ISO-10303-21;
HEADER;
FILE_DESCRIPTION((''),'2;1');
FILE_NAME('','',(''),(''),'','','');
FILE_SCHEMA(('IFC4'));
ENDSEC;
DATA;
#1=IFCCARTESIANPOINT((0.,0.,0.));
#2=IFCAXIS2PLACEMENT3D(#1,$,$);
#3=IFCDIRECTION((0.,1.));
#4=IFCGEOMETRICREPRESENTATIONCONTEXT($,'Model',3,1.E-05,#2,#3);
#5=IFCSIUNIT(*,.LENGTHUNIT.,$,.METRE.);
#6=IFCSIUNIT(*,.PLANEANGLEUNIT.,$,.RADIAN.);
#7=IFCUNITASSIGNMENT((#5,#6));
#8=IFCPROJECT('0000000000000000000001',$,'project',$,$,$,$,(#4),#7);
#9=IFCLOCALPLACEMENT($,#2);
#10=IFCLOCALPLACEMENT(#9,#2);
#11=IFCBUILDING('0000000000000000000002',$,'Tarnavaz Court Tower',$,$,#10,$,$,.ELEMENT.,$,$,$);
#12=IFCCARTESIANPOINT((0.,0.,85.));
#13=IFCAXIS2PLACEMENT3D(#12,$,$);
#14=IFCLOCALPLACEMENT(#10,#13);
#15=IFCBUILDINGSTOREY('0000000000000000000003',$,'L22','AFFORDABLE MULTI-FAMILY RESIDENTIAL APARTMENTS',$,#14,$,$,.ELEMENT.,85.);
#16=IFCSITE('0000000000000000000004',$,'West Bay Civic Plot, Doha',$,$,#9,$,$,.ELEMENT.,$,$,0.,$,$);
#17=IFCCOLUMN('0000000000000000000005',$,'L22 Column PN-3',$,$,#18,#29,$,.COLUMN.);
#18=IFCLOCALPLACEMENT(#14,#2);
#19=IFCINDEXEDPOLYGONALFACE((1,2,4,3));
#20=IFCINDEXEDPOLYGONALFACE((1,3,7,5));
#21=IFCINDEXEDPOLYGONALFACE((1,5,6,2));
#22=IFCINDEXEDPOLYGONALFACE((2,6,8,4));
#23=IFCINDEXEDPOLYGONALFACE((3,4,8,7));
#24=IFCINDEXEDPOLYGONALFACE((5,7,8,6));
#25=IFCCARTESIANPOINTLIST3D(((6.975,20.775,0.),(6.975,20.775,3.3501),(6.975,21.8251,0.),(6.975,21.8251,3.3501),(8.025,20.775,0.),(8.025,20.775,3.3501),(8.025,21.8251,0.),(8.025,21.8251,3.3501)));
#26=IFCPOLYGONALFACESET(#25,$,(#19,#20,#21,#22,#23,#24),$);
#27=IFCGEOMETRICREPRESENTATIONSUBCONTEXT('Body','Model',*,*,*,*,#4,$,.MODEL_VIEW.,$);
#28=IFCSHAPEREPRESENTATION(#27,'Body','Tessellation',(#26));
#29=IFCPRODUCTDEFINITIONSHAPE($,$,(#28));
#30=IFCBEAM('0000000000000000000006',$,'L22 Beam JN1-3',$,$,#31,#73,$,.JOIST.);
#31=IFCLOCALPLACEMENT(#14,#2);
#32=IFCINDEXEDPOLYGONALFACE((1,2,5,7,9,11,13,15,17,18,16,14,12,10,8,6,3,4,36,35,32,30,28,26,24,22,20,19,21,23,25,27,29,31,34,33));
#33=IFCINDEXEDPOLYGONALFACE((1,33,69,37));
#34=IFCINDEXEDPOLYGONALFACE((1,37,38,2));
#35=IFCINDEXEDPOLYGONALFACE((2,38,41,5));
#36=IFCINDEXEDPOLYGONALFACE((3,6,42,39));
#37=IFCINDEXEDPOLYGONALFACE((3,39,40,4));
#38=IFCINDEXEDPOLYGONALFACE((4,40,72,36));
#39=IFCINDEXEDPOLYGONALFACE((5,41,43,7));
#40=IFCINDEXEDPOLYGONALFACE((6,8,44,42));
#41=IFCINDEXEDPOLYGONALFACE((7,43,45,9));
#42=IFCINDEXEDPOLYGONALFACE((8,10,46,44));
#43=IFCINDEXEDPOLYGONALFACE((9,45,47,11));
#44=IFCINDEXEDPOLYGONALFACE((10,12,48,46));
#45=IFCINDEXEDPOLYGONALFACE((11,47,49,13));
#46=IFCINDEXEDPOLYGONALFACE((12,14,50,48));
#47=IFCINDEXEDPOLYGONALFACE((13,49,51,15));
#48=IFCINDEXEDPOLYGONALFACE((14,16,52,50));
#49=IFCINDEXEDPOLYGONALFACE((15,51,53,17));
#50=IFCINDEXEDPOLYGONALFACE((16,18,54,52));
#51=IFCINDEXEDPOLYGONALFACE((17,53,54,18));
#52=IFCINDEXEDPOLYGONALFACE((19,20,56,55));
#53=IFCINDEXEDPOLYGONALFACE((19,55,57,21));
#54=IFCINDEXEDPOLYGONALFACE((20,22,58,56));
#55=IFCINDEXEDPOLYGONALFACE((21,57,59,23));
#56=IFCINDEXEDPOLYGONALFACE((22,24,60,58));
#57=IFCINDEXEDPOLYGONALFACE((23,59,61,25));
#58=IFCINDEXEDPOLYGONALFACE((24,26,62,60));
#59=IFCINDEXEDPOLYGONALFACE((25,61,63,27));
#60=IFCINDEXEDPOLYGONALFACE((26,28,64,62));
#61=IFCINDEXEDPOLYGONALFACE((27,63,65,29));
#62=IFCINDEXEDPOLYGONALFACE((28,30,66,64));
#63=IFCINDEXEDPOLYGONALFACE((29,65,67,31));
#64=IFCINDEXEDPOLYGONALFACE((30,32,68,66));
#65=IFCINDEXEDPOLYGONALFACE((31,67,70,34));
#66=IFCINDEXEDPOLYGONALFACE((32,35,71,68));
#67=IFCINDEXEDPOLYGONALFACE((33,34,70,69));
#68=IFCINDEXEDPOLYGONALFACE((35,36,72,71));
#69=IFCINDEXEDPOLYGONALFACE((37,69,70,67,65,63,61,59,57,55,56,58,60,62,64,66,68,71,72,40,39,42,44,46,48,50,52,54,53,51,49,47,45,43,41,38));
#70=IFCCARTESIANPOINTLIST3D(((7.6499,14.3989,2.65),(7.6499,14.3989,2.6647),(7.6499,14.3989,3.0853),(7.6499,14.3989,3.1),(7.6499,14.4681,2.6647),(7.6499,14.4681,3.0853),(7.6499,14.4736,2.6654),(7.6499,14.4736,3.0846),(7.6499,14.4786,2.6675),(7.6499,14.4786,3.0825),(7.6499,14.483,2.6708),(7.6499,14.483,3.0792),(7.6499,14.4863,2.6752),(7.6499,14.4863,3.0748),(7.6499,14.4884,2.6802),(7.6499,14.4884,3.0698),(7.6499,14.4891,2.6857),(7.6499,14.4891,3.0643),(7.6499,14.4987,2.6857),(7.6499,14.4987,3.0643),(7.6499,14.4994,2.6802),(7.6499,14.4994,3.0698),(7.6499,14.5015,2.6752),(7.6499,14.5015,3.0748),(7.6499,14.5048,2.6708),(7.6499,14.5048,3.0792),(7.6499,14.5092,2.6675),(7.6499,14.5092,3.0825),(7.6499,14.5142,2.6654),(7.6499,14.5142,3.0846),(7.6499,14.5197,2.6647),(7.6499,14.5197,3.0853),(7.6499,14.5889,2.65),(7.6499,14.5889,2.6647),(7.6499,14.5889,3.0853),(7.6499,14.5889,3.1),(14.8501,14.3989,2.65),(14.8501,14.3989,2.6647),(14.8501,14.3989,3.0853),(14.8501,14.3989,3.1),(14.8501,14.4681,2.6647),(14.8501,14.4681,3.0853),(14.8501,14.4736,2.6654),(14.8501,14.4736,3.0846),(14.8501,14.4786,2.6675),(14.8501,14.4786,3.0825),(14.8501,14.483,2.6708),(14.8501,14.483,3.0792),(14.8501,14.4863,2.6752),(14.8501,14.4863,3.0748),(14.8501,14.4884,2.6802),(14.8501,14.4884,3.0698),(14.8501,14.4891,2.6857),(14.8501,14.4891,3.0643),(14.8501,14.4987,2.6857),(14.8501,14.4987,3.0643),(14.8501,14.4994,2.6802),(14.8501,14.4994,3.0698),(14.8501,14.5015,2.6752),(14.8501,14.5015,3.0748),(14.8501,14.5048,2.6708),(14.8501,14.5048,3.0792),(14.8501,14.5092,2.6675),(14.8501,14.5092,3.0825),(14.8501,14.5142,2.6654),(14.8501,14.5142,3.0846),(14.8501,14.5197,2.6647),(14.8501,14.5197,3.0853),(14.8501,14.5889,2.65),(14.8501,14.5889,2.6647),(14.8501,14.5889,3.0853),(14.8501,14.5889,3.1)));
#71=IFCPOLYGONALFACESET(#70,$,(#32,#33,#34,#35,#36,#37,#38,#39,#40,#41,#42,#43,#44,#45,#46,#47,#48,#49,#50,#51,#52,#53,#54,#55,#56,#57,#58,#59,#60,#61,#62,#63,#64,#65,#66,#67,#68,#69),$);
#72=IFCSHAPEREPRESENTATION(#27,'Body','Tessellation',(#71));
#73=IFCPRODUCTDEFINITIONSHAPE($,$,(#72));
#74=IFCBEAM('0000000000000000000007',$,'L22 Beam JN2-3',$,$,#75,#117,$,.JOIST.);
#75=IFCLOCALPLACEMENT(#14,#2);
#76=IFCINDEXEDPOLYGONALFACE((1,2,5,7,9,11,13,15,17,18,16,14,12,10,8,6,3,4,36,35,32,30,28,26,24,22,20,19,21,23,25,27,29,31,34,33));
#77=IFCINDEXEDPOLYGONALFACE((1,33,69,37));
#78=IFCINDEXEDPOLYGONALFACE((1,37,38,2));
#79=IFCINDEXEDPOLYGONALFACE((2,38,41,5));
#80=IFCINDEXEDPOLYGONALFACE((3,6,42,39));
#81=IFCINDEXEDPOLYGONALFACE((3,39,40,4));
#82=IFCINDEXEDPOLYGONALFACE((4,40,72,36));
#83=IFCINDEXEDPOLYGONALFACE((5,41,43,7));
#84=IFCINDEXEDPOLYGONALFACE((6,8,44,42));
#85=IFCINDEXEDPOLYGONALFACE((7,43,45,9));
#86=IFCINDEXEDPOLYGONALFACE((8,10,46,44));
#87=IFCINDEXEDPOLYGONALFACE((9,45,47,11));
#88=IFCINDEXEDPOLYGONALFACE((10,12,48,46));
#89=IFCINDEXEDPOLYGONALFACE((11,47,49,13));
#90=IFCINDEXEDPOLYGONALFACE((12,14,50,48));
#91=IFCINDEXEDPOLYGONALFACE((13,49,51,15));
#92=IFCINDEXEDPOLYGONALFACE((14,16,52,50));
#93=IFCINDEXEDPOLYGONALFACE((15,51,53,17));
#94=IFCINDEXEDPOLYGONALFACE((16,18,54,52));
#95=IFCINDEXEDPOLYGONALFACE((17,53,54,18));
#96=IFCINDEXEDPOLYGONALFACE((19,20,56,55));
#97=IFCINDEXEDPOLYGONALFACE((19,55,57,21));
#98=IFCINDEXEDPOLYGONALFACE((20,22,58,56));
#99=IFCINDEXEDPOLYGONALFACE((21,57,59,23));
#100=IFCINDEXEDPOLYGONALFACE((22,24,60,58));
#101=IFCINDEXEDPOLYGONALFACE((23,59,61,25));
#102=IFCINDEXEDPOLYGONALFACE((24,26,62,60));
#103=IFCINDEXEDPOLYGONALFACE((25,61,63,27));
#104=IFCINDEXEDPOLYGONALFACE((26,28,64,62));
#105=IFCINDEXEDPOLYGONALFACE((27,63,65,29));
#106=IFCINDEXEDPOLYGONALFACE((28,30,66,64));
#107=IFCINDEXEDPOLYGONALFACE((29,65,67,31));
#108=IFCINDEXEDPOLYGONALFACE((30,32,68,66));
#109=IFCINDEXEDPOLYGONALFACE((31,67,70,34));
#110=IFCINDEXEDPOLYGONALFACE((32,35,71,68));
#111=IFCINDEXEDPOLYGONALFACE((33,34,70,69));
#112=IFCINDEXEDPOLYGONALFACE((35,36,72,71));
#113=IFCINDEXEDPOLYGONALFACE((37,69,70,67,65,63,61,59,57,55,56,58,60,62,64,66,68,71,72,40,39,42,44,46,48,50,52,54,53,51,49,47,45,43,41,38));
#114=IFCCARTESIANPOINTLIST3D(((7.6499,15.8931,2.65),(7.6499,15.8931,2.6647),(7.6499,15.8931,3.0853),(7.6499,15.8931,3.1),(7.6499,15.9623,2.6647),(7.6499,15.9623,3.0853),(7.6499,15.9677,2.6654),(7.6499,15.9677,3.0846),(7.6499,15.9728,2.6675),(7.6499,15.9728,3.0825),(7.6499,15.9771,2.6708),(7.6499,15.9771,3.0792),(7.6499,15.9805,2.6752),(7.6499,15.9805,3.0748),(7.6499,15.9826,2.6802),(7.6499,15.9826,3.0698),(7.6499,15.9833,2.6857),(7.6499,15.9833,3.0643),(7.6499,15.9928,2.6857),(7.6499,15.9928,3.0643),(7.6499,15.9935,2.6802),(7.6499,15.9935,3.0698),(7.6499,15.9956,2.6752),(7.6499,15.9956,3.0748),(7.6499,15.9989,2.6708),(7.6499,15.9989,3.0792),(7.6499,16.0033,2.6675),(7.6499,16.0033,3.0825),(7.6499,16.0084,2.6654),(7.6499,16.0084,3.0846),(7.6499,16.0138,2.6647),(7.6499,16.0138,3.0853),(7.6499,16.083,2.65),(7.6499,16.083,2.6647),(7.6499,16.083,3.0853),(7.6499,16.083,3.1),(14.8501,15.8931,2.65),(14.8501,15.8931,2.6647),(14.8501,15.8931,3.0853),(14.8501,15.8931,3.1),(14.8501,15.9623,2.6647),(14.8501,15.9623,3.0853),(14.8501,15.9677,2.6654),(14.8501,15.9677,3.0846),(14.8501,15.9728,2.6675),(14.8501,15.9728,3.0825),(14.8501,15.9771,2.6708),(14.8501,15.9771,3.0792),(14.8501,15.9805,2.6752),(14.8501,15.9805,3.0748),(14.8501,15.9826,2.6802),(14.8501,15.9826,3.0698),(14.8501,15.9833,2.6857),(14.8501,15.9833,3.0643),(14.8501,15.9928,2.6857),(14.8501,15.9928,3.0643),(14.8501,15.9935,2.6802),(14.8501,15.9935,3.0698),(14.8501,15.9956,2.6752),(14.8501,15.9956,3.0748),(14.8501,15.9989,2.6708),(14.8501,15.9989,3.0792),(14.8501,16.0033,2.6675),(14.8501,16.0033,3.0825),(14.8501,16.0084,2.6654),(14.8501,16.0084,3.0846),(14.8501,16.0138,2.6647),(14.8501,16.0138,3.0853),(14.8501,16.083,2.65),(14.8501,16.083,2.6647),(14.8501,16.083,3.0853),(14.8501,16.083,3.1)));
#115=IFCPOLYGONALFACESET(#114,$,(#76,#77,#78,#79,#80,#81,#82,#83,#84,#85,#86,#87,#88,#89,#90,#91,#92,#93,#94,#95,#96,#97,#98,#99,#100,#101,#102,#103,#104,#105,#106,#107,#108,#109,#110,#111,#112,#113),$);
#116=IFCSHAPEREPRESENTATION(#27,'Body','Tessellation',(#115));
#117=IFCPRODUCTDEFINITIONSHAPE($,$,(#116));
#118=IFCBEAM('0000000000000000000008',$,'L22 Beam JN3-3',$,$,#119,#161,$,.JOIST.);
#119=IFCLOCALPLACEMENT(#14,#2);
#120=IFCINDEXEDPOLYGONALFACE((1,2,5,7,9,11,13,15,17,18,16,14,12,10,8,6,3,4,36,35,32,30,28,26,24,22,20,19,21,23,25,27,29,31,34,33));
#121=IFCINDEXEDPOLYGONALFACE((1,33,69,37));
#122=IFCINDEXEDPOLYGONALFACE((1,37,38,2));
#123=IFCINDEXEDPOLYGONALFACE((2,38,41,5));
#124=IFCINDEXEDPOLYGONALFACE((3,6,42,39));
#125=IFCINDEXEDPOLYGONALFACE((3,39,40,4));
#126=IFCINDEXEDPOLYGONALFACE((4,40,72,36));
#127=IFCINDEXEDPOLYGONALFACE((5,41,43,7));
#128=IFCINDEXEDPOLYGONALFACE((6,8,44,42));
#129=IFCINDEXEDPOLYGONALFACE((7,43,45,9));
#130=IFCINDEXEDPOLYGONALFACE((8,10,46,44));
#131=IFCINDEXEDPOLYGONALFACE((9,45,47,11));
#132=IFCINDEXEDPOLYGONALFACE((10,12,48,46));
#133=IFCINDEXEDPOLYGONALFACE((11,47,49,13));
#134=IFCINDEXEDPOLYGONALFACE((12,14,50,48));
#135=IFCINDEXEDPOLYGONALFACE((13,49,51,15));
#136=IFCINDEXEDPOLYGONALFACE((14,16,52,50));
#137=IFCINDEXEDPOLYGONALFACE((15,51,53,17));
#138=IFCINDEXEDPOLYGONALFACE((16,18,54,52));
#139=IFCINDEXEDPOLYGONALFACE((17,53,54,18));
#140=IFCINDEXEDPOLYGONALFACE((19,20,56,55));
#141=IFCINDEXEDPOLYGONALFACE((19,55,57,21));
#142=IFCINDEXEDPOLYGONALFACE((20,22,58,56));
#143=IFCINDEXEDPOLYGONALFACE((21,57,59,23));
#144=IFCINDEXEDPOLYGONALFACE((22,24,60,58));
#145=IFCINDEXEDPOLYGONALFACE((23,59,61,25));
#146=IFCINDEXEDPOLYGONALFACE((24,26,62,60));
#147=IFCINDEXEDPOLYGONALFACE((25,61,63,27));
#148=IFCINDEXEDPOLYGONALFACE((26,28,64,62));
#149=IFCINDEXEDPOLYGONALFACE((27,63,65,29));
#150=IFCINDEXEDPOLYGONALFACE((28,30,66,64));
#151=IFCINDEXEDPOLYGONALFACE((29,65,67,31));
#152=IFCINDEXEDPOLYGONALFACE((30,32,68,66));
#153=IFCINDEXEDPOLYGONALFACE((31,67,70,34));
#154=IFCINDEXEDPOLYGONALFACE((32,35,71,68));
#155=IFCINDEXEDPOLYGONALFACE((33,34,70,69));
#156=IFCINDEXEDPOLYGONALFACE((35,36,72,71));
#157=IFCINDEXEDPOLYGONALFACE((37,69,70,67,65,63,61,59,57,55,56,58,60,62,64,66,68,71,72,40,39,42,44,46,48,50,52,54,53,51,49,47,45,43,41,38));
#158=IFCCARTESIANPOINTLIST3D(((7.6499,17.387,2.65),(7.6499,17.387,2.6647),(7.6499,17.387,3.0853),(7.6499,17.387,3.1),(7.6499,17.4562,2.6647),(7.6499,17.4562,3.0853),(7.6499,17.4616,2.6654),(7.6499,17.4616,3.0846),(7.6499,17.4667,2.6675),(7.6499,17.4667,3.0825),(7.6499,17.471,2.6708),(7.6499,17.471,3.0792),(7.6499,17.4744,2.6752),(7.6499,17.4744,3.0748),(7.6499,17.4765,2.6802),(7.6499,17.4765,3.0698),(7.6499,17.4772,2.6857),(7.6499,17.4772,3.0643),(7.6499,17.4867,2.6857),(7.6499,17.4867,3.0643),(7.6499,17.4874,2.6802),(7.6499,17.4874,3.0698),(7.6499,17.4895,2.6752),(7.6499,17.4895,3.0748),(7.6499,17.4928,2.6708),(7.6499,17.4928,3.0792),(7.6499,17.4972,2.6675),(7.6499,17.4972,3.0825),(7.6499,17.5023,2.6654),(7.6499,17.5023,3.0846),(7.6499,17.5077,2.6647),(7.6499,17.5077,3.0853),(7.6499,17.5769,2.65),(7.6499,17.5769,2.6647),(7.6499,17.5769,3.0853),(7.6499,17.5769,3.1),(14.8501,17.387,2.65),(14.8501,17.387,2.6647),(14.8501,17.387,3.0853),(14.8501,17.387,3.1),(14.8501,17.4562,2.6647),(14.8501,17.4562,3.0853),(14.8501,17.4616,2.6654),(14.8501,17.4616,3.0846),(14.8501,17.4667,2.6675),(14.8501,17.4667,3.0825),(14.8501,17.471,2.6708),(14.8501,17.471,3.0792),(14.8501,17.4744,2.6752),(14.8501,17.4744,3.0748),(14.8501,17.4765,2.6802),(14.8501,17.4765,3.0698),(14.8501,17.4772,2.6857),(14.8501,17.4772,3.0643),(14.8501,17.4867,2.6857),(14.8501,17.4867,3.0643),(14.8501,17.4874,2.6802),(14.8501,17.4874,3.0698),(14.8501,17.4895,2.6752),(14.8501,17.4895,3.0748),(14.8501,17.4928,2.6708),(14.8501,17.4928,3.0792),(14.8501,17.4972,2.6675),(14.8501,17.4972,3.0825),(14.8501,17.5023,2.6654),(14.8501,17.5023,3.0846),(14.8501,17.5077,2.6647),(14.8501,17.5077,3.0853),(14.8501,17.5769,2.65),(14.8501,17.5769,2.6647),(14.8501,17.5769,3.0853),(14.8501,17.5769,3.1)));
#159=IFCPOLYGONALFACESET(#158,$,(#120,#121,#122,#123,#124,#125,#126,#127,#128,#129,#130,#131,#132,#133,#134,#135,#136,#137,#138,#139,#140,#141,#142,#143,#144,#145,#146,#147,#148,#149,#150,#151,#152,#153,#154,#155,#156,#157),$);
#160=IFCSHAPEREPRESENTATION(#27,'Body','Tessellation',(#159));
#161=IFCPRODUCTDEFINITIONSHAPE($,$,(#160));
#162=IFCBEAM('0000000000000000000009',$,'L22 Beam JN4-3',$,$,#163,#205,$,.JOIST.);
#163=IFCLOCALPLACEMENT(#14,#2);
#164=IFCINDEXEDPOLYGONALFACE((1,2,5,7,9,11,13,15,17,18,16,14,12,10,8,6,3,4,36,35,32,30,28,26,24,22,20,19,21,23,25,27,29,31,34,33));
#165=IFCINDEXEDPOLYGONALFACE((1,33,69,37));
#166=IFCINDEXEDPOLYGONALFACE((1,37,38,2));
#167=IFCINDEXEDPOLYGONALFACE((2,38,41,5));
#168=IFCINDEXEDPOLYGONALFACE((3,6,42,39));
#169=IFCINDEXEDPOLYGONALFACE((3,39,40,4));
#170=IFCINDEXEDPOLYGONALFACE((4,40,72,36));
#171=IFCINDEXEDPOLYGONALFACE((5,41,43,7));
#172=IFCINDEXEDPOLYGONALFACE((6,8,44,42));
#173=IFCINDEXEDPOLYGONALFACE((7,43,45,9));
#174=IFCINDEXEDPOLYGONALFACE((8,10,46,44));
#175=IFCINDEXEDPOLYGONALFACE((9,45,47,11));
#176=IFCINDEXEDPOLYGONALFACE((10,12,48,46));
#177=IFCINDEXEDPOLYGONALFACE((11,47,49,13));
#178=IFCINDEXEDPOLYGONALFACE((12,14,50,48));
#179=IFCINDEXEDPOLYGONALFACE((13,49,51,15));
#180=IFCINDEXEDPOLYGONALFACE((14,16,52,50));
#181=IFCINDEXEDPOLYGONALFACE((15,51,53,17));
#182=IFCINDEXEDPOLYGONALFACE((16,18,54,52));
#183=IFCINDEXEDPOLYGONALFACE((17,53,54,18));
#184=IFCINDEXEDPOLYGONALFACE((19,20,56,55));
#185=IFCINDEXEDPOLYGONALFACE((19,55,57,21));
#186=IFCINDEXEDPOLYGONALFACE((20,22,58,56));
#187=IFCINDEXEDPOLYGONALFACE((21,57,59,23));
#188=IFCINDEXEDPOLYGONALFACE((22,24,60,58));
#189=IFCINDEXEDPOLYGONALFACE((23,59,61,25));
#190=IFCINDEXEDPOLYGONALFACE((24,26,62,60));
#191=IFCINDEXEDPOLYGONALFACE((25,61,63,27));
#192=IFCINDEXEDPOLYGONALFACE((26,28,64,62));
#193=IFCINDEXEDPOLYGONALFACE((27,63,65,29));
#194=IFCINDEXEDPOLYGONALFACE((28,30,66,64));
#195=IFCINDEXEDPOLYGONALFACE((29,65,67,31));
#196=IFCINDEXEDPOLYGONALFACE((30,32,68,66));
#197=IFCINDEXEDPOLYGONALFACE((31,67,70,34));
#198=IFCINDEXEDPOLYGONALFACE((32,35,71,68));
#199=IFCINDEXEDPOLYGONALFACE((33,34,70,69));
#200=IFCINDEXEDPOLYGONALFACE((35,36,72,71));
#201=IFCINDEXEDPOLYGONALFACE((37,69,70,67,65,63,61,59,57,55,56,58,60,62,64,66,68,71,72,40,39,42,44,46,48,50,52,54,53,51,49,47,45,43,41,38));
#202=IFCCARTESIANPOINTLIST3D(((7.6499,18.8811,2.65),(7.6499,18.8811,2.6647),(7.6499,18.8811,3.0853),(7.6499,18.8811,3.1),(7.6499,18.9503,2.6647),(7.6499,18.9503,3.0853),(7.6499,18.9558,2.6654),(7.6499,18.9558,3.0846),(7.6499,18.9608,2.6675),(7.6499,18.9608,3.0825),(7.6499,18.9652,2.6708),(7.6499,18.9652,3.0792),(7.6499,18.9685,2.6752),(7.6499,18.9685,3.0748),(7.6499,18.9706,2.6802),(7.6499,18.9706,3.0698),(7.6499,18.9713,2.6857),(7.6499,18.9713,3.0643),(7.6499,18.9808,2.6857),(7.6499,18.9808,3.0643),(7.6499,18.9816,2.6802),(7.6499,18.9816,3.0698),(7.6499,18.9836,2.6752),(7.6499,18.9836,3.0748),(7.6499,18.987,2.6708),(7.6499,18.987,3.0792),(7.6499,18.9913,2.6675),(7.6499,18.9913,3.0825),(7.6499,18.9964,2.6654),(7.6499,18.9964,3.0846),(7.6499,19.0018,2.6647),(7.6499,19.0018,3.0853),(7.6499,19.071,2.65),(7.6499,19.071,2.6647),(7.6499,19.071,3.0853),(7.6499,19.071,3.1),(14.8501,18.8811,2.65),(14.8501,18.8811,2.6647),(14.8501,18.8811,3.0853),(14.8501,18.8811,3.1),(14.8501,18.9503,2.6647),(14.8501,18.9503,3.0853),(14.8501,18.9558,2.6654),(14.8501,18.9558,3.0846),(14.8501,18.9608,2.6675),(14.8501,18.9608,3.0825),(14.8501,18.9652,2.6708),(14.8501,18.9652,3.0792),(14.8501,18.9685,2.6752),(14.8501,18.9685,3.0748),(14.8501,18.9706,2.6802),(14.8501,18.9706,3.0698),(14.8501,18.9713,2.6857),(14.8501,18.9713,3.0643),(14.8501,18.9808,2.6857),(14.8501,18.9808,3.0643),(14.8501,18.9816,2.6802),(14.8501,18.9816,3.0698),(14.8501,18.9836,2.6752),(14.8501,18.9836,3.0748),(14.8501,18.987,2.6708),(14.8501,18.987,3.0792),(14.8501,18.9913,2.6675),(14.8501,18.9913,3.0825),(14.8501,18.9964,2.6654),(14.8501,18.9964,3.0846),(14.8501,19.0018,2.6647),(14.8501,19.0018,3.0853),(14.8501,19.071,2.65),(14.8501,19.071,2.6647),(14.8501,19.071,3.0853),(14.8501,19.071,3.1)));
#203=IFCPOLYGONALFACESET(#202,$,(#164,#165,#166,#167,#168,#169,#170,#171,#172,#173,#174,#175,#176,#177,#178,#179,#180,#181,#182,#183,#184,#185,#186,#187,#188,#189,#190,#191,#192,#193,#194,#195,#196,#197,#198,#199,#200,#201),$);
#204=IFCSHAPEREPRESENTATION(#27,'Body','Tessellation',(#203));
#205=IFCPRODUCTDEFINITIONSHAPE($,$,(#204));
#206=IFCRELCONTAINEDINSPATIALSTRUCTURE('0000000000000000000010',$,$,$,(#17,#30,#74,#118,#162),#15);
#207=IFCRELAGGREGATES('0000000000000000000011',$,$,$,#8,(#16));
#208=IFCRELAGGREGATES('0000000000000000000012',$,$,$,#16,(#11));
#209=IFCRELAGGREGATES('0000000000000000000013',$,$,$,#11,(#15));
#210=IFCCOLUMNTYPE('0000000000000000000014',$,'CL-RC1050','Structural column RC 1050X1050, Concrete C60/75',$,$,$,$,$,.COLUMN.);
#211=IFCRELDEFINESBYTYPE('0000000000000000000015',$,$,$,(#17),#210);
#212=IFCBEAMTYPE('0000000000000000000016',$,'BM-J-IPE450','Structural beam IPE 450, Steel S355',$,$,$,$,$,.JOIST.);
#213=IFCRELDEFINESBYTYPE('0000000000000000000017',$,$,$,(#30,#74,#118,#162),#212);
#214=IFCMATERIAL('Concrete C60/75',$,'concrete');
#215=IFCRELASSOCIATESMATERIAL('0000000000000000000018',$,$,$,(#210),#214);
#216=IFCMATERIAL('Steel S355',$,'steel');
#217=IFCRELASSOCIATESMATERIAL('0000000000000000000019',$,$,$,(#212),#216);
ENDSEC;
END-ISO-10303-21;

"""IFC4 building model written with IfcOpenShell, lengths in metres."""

from ifc_helpers import new_model, si_unit, direction, frame, origin, origin_2d, place, context, subcontext, project, spatial, rectangle, i_section, extrude, material, material_profile, profile_set, type_object, element, save


model = new_model("IFC4")

# Units and contexts
model_context = context("Model", 3, precision=1e-05, world=origin(), true_north=direction((0.0, 1.0)))
body_context = subcontext(model_context, "Body", "Model", "MODEL_VIEW")
ifc_project = project(units=[si_unit("LENGTHUNIT", "METRE"), si_unit("PLANEANGLEUNIT", "RADIAN")], contexts=[model_context])

# Site, building, storey
site_placement = place(None, origin())
site = spatial("IfcSite", under=ifc_project, at=site_placement, Name="West Bay Civic Plot, Doha", CompositionType="ELEMENT", RefElevation=0.0)
building_placement = place(site_placement, origin())
building = spatial("IfcBuilding", under=site, at=building_placement, Name="Tarnavaz Court Tower", CompositionType="ELEMENT")
storey_placement = place(building_placement, frame((0.0, 0.0, 85.0)))
storey = spatial("IfcBuildingStorey", under=building, at=storey_placement, Name="L22", Description="AFFORDABLE MULTI-FAMILY RESIDENTIAL APARTMENTS", CompositionType="ELEMENT", Elevation=85.0)

# Column
ifc_material_1 = material(Name="Concrete C60/75", Category="concrete")
ifc_material_profile_1 = material_profile(ifc_material_1, rectangle(XDim=1.05, YDim=1.05, at=origin_2d()), Name="RC 1050X1050")
ifc_profile_set_1 = profile_set([ifc_material_profile_1], Name="Concrete C60/75")
column_type = type_object("IfcColumnType", Name="CL-RC1050", Description="Structural column RC 1050X1050, Concrete C60/75", PredefinedType="COLUMN", material=ifc_profile_set_1)
column_placement = place(storey_placement, frame((7.5, 21.3, 0.0), z_axis=(0.0, 0.0, 1.0), x_axis=(1.0, 0.0, 0.0)))
element("IfcColumn", 1, at=column_placement, inside=storey, type_object=column_type, Name="L22 Column PN-3", PredefinedType="COLUMN", context=body_context, shape_type="SweptSolid", body=[
    extrude(rectangle(XDim=1.05, YDim=1.05, at=origin_2d()), origin(), (0.0, 0.0, 1.0), 3.3501),
])

# Beams
ifc_material_2 = material(Name="Steel S355", Category="steel")
ifc_material_profile_2 = material_profile(ifc_material_2, i_section(OverallWidth=0.1899, OverallDepth=0.45, WebThickness=0.0095, FlangeThickness=0.0146, FilletRadius=0.021, at=origin_2d()), Name="IPE 450")
ifc_profile_set_2 = profile_set([ifc_material_profile_2], Name="Steel S355")
beam_type_1 = type_object("IfcBeamType", Name="BM-J-IPE450", Description="Structural beam IPE 450, Steel S355", PredefinedType="JOIST", material=ifc_profile_set_2)
for number, where, z_axis, x_axis, name in (
    (2, (7.6499, 14.4939, 2.875), (1.0, 0.0, 0.0), (0.0, 1.0, 0.0), "L22 Beam JN1-3"),
    (3, (7.6499, 15.988, 2.875), (1.0, 0.0, 0.0), (0.0, 1.0, 0.0), "L22 Beam JN2-3"),
    (4, (7.6499, 17.4819, 2.875), (1.0, 0.0, 0.0), (0.0, 1.0, 0.0), "L22 Beam JN3-3"),
    (5, (7.6499, 18.9761, 2.875), (1.0, 0.0, 0.0), (0.0, 1.0, 0.0), "L22 Beam JN4-3"),
):
    element("IfcBeam", number, at=place(storey_placement, frame(where, z_axis=z_axis, x_axis=x_axis)), inside=storey, type_object=beam_type_1, Name=name, PredefinedType="JOIST", context=body_context, shape_type="SweptSolid", body=[
        extrude(i_section(OverallWidth=0.1899, OverallDepth=0.45, WebThickness=0.0095, FlangeThickness=0.0146, FilletRadius=0.021, at=origin_2d()), origin(), (0.0, 0.0, 1.0), 7.2002),
    ])

save(model, "model.ifc")
